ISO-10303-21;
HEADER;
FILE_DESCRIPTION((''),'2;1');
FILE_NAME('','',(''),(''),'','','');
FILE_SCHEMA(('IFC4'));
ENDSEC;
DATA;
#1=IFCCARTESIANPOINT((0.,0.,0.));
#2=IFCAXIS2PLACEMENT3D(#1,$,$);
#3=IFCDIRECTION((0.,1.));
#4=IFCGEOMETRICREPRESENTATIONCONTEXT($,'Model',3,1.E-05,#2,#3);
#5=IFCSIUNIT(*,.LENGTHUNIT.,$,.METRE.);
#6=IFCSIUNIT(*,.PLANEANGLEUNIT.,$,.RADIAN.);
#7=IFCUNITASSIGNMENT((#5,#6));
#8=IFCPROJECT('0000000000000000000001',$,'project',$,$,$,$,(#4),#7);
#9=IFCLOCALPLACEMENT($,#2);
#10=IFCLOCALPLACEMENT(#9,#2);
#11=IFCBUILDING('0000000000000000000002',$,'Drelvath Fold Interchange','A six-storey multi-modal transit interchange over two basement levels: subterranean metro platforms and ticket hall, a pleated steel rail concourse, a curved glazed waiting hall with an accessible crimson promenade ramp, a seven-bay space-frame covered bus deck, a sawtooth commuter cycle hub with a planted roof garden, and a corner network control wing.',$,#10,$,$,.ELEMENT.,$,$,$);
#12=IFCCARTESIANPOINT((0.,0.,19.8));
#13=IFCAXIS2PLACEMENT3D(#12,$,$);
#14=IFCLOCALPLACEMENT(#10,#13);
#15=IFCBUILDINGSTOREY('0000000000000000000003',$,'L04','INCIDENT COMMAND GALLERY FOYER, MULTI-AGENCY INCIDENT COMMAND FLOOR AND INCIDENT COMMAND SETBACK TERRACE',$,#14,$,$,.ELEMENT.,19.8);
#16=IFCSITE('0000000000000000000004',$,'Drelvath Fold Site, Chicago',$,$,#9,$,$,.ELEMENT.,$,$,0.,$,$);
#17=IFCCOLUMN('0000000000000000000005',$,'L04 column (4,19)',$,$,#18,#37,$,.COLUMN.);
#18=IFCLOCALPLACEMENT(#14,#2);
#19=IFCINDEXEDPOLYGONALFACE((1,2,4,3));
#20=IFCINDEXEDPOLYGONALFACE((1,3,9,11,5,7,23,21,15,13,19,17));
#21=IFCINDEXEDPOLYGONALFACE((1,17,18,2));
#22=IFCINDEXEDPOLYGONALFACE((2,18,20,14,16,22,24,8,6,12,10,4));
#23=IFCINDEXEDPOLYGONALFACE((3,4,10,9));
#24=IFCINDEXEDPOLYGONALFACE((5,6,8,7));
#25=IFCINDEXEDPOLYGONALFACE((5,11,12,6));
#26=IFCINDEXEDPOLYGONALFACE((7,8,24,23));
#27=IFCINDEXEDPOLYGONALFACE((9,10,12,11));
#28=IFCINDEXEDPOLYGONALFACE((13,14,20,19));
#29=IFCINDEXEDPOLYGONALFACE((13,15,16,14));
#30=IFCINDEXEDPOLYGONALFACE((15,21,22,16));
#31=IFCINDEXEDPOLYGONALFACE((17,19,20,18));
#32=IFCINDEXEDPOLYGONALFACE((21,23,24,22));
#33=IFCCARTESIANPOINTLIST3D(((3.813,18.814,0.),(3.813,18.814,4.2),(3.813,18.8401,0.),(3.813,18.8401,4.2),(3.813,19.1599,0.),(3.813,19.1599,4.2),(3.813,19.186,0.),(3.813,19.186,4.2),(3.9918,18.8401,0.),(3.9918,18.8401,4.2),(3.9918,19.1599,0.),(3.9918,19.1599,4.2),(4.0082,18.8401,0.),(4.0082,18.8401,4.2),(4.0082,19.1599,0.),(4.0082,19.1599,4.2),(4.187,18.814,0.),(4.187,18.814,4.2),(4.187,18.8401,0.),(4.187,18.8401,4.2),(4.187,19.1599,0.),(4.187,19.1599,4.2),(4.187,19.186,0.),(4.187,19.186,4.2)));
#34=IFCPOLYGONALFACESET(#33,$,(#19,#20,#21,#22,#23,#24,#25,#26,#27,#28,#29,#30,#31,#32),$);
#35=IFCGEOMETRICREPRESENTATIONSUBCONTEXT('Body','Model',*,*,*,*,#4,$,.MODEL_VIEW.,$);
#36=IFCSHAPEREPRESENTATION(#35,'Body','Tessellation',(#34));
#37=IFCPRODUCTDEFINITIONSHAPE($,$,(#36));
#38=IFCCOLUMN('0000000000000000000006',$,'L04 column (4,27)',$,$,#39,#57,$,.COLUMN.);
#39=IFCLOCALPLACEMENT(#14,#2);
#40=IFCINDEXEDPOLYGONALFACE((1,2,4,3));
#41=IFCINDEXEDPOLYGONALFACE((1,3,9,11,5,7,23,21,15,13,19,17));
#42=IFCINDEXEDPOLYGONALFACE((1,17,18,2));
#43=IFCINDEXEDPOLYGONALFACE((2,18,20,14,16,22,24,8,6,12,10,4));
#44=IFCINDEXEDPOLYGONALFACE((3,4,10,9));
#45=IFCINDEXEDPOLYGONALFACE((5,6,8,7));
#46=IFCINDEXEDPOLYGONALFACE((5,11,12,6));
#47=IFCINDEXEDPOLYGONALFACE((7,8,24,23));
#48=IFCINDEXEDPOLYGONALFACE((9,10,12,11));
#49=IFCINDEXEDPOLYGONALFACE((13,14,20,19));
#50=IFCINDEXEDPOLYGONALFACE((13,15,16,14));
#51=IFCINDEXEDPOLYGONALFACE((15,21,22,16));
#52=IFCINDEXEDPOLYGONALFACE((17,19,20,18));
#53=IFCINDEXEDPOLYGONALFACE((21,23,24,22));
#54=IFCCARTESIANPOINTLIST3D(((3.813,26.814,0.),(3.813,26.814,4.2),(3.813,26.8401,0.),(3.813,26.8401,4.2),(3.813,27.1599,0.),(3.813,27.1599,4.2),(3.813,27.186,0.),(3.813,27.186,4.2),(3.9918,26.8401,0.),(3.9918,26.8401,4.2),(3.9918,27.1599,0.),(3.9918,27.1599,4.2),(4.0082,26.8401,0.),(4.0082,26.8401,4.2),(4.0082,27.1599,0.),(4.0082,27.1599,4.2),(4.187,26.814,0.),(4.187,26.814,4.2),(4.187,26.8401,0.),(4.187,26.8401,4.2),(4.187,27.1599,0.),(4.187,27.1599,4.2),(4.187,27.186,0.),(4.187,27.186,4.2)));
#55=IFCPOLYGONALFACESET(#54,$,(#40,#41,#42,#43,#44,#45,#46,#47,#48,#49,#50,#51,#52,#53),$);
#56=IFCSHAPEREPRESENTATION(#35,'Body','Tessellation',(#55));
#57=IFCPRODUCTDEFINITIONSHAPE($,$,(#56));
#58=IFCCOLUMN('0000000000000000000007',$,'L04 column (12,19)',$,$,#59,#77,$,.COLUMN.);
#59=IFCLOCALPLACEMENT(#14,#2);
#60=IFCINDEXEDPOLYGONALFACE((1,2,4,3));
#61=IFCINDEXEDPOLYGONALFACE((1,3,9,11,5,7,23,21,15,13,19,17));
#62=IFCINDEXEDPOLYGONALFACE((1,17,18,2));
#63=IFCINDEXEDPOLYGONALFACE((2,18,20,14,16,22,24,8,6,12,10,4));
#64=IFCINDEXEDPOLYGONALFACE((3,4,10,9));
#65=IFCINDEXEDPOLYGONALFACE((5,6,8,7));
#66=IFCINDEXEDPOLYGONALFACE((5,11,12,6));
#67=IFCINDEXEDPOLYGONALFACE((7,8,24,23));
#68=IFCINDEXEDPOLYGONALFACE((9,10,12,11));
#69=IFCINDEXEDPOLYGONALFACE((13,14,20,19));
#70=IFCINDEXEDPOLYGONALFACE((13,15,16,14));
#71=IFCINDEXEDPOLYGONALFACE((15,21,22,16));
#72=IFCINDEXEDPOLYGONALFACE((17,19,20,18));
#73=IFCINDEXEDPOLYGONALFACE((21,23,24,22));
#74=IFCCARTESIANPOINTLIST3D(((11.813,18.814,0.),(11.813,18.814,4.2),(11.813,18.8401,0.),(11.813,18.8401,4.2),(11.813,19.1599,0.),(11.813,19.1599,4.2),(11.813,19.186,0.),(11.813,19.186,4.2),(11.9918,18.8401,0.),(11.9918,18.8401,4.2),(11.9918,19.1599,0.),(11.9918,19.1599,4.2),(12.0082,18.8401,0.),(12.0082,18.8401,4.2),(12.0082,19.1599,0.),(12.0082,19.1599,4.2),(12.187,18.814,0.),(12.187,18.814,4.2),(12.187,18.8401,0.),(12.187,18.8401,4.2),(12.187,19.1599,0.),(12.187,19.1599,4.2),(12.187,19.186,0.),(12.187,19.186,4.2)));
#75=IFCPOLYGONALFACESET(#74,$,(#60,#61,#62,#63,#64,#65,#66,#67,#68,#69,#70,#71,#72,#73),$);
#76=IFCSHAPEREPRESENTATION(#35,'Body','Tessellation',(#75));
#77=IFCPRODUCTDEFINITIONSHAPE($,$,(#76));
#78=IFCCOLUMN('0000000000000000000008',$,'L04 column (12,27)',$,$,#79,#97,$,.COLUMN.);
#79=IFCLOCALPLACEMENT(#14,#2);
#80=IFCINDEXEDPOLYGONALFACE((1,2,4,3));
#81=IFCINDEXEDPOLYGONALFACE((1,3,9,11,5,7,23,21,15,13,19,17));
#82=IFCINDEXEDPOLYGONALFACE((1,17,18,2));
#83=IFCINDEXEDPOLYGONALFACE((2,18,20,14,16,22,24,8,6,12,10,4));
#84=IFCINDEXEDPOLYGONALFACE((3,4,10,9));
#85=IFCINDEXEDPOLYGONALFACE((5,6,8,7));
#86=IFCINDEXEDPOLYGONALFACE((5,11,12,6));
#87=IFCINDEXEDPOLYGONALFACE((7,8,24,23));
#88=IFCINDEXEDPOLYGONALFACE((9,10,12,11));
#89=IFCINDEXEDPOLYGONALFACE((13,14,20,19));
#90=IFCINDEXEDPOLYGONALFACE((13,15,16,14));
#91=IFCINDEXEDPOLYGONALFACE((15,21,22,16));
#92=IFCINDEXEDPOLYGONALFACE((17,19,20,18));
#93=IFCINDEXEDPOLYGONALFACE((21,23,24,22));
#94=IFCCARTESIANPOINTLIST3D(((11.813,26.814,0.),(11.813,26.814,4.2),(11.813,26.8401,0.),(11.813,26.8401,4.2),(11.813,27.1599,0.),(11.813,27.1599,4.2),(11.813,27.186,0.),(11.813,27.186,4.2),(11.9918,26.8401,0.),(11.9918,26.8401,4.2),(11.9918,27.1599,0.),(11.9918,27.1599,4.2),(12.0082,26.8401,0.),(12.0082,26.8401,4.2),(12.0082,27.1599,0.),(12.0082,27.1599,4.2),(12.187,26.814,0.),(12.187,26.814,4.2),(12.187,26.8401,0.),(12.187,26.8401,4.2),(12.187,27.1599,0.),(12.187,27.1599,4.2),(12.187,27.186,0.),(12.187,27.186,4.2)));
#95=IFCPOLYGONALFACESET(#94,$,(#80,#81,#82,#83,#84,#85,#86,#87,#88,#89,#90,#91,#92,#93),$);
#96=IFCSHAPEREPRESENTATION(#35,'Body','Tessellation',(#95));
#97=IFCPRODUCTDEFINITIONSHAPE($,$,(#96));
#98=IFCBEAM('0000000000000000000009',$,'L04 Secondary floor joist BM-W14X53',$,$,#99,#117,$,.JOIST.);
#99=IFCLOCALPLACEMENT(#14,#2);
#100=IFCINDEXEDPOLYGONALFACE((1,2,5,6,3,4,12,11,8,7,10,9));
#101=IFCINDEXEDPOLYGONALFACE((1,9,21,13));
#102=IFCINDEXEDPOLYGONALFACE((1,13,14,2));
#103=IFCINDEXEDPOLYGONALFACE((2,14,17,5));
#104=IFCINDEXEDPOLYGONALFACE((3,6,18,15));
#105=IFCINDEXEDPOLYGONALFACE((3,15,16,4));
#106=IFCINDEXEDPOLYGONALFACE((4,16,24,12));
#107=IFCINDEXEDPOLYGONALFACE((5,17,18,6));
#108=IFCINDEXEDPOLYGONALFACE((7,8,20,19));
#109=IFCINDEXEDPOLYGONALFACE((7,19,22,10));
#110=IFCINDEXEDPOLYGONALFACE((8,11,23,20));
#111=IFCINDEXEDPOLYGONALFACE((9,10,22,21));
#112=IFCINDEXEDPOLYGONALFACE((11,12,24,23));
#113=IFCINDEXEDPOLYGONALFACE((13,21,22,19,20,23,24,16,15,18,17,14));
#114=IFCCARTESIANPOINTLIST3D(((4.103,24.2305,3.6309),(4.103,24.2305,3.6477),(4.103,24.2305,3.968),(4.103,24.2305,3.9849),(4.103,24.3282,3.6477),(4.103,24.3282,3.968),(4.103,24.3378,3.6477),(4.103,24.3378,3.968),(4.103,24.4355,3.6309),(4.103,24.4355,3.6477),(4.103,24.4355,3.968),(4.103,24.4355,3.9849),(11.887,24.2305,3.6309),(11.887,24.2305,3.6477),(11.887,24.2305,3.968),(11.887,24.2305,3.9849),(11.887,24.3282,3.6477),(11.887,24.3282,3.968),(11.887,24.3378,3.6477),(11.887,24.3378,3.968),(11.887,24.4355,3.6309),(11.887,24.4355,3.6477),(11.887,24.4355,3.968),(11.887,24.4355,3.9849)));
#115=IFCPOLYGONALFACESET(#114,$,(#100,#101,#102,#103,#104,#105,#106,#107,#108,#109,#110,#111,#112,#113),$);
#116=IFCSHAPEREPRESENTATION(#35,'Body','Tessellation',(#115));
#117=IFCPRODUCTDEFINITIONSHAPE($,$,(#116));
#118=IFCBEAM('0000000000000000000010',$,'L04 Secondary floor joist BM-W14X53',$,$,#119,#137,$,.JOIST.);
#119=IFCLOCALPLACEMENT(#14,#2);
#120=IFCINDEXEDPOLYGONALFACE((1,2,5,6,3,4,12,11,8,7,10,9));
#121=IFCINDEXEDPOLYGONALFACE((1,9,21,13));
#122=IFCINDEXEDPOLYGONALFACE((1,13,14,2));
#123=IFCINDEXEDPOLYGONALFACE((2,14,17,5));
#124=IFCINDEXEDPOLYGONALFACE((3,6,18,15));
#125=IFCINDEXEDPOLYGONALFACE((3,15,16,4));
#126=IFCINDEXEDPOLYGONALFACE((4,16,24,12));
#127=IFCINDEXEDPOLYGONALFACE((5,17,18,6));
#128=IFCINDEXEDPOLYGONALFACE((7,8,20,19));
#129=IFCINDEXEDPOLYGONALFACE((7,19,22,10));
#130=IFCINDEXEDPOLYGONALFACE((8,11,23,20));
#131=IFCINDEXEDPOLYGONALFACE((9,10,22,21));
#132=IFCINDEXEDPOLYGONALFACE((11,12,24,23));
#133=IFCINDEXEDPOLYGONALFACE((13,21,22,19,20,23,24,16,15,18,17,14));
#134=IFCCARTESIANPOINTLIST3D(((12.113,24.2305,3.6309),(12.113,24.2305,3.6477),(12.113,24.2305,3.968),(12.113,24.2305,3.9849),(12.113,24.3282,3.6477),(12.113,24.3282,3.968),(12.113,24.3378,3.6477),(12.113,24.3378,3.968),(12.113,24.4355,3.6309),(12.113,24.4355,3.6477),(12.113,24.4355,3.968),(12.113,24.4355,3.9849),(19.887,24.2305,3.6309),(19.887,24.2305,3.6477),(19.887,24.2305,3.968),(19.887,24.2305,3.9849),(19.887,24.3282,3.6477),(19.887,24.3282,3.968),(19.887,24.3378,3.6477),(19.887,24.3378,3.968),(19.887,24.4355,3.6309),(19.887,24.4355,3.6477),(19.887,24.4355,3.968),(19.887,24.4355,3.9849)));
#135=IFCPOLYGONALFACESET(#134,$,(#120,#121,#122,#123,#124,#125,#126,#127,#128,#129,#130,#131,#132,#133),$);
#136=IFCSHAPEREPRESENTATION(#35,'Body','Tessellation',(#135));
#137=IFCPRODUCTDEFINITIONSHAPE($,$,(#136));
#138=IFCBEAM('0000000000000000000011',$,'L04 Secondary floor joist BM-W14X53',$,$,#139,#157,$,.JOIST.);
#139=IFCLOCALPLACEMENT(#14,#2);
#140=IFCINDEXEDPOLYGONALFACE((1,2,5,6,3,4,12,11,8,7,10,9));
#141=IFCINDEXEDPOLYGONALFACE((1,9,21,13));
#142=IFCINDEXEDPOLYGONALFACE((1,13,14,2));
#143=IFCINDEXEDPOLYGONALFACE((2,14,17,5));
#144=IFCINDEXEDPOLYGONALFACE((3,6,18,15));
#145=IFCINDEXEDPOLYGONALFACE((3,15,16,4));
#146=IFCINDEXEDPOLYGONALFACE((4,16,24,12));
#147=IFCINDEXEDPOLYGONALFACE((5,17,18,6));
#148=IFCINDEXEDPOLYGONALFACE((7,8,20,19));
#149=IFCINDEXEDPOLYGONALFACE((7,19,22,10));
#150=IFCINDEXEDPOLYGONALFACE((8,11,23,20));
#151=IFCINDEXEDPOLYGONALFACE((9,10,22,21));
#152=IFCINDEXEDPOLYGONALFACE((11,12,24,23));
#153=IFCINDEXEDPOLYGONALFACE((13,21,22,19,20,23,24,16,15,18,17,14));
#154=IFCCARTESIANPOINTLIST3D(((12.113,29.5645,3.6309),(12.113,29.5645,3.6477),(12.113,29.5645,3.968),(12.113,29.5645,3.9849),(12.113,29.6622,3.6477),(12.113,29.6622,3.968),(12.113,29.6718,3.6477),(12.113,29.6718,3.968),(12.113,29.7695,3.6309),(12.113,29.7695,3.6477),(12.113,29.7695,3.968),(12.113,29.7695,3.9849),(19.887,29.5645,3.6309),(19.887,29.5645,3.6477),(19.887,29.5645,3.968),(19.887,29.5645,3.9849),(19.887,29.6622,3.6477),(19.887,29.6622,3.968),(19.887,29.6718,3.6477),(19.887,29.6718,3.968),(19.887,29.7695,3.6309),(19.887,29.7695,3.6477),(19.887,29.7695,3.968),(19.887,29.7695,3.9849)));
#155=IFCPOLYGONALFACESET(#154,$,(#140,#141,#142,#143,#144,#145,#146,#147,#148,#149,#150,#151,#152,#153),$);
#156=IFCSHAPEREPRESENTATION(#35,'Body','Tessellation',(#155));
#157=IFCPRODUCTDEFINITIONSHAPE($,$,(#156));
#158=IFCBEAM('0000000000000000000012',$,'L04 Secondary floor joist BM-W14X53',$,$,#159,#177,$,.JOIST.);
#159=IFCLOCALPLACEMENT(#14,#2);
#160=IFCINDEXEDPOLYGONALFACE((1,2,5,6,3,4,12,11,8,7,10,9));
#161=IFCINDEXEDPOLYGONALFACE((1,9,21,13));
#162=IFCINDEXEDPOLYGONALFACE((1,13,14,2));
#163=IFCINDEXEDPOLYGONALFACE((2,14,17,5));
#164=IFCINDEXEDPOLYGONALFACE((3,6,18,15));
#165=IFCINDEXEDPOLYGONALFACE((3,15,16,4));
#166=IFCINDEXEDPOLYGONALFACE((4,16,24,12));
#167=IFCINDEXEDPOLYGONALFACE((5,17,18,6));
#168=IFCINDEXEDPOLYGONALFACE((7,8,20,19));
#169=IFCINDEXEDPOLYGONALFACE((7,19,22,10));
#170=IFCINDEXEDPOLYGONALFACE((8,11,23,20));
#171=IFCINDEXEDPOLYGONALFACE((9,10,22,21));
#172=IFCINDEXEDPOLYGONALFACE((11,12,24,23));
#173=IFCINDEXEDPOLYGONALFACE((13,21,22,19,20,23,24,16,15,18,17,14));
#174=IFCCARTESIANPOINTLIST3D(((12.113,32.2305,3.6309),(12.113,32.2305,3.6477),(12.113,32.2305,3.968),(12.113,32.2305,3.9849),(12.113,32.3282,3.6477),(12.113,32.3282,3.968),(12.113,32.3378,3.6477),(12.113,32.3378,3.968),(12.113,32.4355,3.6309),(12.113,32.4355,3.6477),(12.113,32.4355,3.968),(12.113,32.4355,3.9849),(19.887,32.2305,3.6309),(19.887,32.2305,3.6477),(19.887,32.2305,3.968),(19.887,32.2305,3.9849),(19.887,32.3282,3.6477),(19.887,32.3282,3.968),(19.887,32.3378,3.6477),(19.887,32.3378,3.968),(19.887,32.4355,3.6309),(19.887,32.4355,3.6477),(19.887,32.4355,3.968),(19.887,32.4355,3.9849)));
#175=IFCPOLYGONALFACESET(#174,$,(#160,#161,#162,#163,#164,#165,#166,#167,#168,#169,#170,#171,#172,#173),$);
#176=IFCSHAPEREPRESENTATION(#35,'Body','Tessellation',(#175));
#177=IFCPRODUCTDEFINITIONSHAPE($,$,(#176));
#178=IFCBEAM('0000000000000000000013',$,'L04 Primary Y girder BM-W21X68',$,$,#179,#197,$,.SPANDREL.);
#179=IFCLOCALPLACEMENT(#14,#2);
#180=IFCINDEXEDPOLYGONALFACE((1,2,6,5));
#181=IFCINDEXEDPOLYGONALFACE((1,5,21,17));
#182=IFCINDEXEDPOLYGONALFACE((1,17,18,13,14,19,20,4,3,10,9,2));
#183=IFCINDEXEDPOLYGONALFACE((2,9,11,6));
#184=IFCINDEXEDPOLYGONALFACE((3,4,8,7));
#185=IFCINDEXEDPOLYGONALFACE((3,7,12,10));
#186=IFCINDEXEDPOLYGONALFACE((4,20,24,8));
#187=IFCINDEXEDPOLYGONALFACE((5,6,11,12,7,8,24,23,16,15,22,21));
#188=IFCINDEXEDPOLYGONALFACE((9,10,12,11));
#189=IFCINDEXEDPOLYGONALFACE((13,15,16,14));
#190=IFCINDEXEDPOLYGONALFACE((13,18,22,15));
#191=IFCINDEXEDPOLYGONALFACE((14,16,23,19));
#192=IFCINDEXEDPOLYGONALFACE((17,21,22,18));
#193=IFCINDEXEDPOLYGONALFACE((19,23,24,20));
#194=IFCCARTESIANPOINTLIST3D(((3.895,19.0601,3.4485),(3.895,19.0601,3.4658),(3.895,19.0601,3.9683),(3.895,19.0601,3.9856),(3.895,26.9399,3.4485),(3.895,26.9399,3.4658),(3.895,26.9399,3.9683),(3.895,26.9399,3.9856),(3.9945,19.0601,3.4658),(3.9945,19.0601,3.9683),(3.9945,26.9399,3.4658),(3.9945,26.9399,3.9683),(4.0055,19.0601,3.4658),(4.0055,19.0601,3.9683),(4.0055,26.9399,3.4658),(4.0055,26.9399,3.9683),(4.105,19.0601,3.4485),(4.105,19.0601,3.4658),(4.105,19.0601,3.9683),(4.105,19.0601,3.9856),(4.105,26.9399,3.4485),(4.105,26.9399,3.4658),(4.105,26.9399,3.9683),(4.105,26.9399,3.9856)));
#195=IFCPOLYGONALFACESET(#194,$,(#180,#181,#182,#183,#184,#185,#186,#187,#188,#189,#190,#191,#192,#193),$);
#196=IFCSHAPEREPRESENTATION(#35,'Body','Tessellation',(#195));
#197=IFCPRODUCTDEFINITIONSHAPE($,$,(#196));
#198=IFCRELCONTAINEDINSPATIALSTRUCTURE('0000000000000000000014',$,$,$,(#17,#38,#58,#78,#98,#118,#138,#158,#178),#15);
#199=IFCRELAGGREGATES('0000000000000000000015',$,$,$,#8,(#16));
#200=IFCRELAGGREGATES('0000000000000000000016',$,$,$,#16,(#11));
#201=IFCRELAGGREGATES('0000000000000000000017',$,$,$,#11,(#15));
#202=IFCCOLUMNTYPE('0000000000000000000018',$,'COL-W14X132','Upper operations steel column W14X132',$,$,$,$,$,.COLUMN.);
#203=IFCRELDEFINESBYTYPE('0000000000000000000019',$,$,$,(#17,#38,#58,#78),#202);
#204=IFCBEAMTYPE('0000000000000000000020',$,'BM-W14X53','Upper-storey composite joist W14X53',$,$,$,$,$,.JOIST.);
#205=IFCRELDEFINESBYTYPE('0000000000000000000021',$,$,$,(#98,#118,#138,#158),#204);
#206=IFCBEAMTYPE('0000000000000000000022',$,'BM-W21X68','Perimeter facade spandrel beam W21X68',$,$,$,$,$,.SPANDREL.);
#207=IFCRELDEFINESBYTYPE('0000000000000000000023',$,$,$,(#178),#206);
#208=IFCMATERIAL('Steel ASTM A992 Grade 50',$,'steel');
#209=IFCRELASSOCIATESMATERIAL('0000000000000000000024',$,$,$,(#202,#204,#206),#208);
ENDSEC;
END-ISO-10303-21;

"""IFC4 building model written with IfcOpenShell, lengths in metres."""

from ifc_helpers import new_model, si_unit, direction, frame, origin, origin_2d, place, context, subcontext, project, spatial, i_section, extrude, material, material_profile, profile_set, type_object, element, save


model = new_model("IFC4")

# Units and contexts
model_context = context("Model", 3, precision=1e-05, world=origin(), true_north=direction((0.0, 1.0)))
body_context = subcontext(model_context, "Body", "Model", "MODEL_VIEW")
ifc_project = project(units=[si_unit("LENGTHUNIT", "METRE"), si_unit("PLANEANGLEUNIT", "RADIAN")], contexts=[model_context])

# Site, building, storey
site_placement = place(None, origin())
site = spatial("IfcSite", under=ifc_project, at=site_placement, Name="Drelvath Fold Site, Chicago", CompositionType="ELEMENT", RefElevation=0.0)
building_placement = place(site_placement, origin())
building = spatial("IfcBuilding", under=site, at=building_placement, Name="Drelvath Fold Interchange", Description="A six-storey multi-modal transit interchange over two basement levels: subterranean metro platforms and ticket hall, a pleated steel rail concourse, a curved glazed waiting hall with an accessible crimson promenade ramp, a seven-bay space-frame covered bus deck, a sawtooth commuter cycle hub with a planted roof garden, and a corner network control wing.", CompositionType="ELEMENT")
storey_placement = place(building_placement, frame((0.0, 0.0, 19.8)))
storey = spatial("IfcBuildingStorey", under=building, at=storey_placement, Name="L04", Description="INCIDENT COMMAND GALLERY FOYER, MULTI-AGENCY INCIDENT COMMAND FLOOR AND INCIDENT COMMAND SETBACK TERRACE", CompositionType="ELEMENT", Elevation=19.8)

# Columns
ifc_material_1 = material(Name="Steel ASTM A992 Grade 50", Category="steel")
ifc_material_profile_1 = material_profile(ifc_material_1, i_section(OverallWidth=0.374, OverallDepth=0.3721, WebThickness=0.0164, FlangeThickness=0.0261, at=origin_2d()), Name="W14X132")
ifc_profile_set_1 = profile_set([ifc_material_profile_1], Name="Steel ASTM A992 Grade 50")
column_type = type_object("IfcColumnType", Name="COL-W14X132", Description="Upper operations steel column W14X132", PredefinedType="COLUMN", material=ifc_profile_set_1)
for number, where, z_axis, x_axis, name in (
    (1, (4.0, 19.0, 0.0), (0.0, 0.0, 1.0), (1.0, 0.0, 0.0), "L04 column (4,19)"),
    (2, (4.0, 27.0, 0.0), (0.0, 0.0, 1.0), (1.0, 0.0, 0.0), "L04 column (4,27)"),
    (3, (12.0, 19.0, 0.0), (0.0, 0.0, 1.0), (1.0, 0.0, 0.0), "L04 column (12,19)"),
    (4, (12.0, 27.0, 0.0), (0.0, 0.0, 1.0), (1.0, 0.0, 0.0), "L04 column (12,27)"),
):
    element("IfcColumn", number, at=place(storey_placement, frame(where, z_axis=z_axis, x_axis=x_axis)), inside=storey, type_object=column_type, Name=name, PredefinedType="COLUMN", context=body_context, shape_type="SweptSolid", body=[
        extrude(i_section(OverallWidth=0.374, OverallDepth=0.3721, WebThickness=0.0164, FlangeThickness=0.0261, at=origin_2d()), origin(), (0.0, 0.0, 1.0), 4.2),
    ])

# Beams
ifc_material_profile_2 = material_profile(ifc_material_1, i_section(OverallWidth=0.2051, OverallDepth=0.354, WebThickness=0.0095, FlangeThickness=0.0168, at=origin_2d()), Name="W14X53")
ifc_profile_set_2 = profile_set([ifc_material_profile_2], Name="Steel ASTM A992 Grade 50")
beam_type_1 = type_object("IfcBeamType", Name="BM-W14X53", Description="Upper-storey composite joist W14X53", PredefinedType="JOIST", material=ifc_profile_set_2)
beam_placement = place(storey_placement, frame((4.103, 24.333, 3.8079), z_axis=(1.0, 0.0, 0.0), x_axis=(0.0, 1.0, 0.0)))
element("IfcBeam", 5, at=beam_placement, inside=storey, type_object=beam_type_1, Name="L04 Secondary floor joist BM-W14X53", PredefinedType="JOIST", context=body_context, shape_type="SweptSolid", body=[
    extrude(i_section(OverallWidth=0.2051, OverallDepth=0.354, WebThickness=0.0095, FlangeThickness=0.0168, at=origin_2d()), origin(), (0.0, 0.0, 1.0), 7.7839),
])
for number, where, z_axis, x_axis, name in (
    (6, (12.113, 24.333, 3.8079), (1.0, 0.0, 0.0), (0.0, 1.0, 0.0), "L04 Secondary floor joist BM-W14X53"),
    (7, (12.113, 29.667, 3.8079), (1.0, 0.0, 0.0), (0.0, 1.0, 0.0), "L04 Secondary floor joist BM-W14X53"),
    (8, (12.113, 32.333, 3.8079), (1.0, 0.0, 0.0), (0.0, 1.0, 0.0), "L04 Secondary floor joist BM-W14X53"),
):
    element("IfcBeam", number, at=place(storey_placement, frame(where, z_axis=z_axis, x_axis=x_axis)), inside=storey, type_object=beam_type_1, Name=name, PredefinedType="JOIST", context=body_context, shape_type="SweptSolid", body=[
        extrude(i_section(OverallWidth=0.2051, OverallDepth=0.354, WebThickness=0.0095, FlangeThickness=0.0168, at=origin_2d()), origin(), (0.0, 0.0, 1.0), 7.7739),
    ])
ifc_material_profile_3 = material_profile(ifc_material_1, i_section(OverallWidth=0.21, OverallDepth=0.5371, WebThickness=0.011, FlangeThickness=0.0173, at=origin_2d()), Name="W21X68")
ifc_profile_set_3 = profile_set([ifc_material_profile_3], Name="Steel ASTM A992 Grade 50")
beam_type_2 = type_object("IfcBeamType", Name="BM-W21X68", Description="Perimeter facade spandrel beam W21X68", PredefinedType="SPANDREL", material=ifc_profile_set_3)
for number, where, z_axis, x_axis, name in (
    (9, (4.0, 19.0601, 3.717), (0.0, 1.0, 0.0), (-1.0, 0.0, 0.0), "L04 Primary Y girder BM-W21X68"),
):
    element("IfcBeam", number, at=place(storey_placement, frame(where, z_axis=z_axis, x_axis=x_axis)), inside=storey, type_object=beam_type_2, Name=name, PredefinedType="SPANDREL", context=body_context, shape_type="SweptSolid", body=[
        extrude(i_section(OverallWidth=0.21, OverallDepth=0.5371, WebThickness=0.011, FlangeThickness=0.0173, at=origin_2d()), origin(), (0.0, 0.0, 1.0), 7.8799),
    ])

save(model, "model.ifc")
